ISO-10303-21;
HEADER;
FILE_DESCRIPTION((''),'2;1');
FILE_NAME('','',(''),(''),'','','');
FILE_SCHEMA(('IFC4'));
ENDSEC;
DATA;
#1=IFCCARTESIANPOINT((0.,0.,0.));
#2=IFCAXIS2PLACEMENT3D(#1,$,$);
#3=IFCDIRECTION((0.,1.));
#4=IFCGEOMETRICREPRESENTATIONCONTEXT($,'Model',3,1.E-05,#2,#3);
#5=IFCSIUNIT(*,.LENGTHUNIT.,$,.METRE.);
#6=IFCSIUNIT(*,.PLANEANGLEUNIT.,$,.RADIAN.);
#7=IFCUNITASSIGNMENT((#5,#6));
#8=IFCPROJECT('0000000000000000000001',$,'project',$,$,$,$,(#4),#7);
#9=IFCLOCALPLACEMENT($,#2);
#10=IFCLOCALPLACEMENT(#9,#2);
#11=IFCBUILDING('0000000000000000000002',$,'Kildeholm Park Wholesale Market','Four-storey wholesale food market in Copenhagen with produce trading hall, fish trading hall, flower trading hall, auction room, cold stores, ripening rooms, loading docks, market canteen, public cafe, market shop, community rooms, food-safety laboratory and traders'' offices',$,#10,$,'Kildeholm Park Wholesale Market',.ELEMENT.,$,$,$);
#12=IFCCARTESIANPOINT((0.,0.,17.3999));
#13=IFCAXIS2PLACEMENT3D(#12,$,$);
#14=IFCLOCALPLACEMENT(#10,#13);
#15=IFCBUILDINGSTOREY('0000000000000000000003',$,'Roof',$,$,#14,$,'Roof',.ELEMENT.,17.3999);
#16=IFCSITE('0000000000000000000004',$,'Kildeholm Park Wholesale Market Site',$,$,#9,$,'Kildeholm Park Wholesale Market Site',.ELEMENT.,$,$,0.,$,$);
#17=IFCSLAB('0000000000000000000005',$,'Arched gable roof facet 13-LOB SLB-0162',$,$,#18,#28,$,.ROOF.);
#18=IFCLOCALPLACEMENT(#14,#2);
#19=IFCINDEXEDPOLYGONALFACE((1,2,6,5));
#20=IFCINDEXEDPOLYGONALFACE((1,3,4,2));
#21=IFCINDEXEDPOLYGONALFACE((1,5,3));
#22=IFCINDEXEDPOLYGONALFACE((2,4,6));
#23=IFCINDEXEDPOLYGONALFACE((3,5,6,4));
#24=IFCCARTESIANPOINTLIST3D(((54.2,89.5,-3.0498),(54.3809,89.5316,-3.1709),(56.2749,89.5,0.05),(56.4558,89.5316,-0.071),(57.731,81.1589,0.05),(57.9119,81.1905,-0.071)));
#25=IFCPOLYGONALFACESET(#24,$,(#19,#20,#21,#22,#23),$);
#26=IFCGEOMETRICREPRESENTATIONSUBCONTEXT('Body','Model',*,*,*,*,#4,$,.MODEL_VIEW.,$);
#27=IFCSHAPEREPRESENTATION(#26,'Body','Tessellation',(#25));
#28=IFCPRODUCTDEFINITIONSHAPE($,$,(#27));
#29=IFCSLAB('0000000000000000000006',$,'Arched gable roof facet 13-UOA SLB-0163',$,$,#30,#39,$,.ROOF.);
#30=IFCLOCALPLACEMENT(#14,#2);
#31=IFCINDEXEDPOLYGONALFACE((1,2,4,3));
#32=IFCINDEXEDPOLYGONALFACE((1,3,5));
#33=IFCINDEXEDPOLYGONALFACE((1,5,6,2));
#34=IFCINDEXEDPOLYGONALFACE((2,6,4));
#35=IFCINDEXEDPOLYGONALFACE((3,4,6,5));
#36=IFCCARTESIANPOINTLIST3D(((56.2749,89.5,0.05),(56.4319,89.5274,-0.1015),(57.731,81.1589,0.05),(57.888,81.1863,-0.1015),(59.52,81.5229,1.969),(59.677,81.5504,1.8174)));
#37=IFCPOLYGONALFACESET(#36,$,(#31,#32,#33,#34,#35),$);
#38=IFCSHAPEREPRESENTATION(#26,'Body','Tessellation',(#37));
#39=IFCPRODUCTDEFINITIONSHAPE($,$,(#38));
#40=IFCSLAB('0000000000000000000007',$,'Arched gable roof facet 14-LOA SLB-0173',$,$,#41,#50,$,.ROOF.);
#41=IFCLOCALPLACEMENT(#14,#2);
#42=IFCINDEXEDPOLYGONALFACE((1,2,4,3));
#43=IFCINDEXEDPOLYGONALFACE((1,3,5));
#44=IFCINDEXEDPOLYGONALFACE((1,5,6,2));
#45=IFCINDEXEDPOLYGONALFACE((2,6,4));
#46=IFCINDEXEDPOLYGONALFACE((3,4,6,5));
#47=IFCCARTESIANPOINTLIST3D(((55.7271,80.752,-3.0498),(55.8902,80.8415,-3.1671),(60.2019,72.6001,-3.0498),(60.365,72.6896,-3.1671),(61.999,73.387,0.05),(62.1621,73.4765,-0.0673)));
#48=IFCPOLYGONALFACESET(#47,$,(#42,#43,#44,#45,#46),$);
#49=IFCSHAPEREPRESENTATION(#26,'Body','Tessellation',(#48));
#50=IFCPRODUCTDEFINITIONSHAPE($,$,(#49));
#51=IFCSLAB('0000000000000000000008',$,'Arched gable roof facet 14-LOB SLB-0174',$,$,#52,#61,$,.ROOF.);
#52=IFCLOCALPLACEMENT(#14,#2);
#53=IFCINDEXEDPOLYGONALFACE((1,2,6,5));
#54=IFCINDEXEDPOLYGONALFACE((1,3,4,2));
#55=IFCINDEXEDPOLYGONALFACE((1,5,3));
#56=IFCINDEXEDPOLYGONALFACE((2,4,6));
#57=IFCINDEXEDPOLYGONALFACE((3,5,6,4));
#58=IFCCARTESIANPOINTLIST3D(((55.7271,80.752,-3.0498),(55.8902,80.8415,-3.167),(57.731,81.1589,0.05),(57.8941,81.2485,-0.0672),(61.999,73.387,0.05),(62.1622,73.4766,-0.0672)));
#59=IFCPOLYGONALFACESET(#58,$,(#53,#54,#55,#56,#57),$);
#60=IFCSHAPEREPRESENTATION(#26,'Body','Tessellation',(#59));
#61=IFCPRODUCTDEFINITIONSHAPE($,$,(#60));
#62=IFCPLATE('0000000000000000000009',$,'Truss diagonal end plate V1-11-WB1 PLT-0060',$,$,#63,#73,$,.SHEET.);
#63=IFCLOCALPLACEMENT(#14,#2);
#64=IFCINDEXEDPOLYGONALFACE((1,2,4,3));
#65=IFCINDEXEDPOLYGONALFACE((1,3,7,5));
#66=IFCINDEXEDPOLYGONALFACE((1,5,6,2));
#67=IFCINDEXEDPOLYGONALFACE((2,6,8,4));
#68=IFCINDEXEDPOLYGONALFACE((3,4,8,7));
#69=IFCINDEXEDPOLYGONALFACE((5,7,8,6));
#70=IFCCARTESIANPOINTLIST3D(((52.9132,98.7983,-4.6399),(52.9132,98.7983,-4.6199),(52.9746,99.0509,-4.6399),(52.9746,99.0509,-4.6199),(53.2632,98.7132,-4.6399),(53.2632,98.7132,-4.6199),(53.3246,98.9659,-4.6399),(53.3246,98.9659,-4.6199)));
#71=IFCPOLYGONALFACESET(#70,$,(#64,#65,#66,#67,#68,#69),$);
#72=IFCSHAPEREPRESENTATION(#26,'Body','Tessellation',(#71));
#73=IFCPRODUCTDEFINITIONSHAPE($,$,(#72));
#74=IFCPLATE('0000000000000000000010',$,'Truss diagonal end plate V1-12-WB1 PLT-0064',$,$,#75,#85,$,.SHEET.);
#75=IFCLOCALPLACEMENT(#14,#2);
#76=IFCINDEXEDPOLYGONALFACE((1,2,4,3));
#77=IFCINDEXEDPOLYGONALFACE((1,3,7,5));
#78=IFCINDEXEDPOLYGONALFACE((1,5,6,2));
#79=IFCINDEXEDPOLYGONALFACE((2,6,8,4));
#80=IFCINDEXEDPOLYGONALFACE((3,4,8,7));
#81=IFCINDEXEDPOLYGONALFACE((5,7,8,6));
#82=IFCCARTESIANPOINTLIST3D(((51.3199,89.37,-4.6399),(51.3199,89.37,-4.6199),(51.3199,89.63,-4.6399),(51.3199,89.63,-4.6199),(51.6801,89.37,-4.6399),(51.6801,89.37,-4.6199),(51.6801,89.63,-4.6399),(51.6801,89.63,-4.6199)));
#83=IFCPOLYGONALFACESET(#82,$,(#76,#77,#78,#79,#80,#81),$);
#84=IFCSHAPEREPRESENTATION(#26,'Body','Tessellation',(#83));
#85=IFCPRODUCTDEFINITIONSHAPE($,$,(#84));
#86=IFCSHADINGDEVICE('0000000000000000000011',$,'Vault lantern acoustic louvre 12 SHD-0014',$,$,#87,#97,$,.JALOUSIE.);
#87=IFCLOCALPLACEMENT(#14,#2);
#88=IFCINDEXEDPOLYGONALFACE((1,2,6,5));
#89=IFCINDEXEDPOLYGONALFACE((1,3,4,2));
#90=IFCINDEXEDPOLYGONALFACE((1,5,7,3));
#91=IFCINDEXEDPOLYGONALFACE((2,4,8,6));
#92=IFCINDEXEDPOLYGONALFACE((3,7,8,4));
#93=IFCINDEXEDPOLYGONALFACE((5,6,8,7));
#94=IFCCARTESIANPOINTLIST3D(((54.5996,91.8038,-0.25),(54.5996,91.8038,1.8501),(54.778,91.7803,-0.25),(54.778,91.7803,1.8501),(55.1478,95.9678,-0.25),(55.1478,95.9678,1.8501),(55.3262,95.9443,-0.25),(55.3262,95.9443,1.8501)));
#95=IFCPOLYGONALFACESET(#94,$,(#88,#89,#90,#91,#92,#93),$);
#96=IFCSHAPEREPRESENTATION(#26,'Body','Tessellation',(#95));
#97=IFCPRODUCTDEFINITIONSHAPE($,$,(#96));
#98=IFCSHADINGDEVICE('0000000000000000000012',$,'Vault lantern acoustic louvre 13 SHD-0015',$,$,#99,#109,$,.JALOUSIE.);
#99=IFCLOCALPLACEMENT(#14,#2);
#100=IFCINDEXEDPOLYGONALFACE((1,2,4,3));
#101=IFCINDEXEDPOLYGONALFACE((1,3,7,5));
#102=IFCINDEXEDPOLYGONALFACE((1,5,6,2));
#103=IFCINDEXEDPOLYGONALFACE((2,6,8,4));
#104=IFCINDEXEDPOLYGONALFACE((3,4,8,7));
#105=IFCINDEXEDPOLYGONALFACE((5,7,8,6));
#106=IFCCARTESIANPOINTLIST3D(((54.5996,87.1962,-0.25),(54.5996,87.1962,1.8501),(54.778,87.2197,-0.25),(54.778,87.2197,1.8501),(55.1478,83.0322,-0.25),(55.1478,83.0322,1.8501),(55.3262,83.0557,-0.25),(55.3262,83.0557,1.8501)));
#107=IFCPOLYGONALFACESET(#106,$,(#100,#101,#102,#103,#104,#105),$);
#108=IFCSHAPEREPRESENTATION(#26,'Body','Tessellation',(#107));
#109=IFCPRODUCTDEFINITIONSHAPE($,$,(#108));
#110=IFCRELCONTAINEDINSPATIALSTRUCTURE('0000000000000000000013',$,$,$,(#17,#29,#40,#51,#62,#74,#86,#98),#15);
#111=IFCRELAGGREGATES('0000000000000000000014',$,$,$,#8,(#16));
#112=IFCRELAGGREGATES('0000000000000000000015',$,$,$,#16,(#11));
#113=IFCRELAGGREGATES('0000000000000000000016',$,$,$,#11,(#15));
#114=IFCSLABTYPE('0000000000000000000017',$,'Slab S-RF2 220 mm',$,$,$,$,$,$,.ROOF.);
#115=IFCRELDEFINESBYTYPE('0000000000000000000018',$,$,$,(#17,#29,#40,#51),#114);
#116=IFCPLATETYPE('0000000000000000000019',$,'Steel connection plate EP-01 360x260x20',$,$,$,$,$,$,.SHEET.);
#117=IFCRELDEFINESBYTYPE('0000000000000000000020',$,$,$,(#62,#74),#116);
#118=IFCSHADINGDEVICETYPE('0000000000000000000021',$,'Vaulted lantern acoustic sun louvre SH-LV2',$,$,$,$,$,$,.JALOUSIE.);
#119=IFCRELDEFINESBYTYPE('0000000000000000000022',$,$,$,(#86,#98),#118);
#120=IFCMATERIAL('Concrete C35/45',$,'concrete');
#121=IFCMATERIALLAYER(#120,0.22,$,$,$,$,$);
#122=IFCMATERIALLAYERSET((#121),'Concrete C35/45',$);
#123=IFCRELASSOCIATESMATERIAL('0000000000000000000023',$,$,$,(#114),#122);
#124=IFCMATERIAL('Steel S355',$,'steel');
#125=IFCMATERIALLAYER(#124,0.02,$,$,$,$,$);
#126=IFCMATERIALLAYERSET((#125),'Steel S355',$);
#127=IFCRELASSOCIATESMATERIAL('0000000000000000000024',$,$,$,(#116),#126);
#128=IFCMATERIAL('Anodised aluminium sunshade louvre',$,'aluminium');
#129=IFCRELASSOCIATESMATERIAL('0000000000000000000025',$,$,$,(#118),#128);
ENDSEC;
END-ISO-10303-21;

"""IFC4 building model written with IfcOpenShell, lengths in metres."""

from ifc_helpers import new_model, si_unit, direction, frame, origin, origin_2d, place, context, subcontext, project, spatial, polyline, rectangle, outline, extrude, material, layer, layer_set, type_object, element, save


model = new_model("IFC4")

# Units and contexts
model_context = context("Model", 3, precision=1e-05, world=origin(), true_north=direction((0.0, 1.0)))
body_context = subcontext(model_context, "Body", "Model", "MODEL_VIEW")
ifc_project = project(units=[si_unit("LENGTHUNIT", "METRE"), si_unit("PLANEANGLEUNIT", "RADIAN")], contexts=[model_context])

# Site, building, storey
site_placement = place(None, origin())
site = spatial("IfcSite", under=ifc_project, at=site_placement, Name="Kildeholm Park Wholesale Market Site", LongName="Kildeholm Park Wholesale Market Site", CompositionType="ELEMENT", RefElevation=0.0)
building_placement = place(site_placement, origin())
building = spatial("IfcBuilding", under=site, at=building_placement, Name="Kildeholm Park Wholesale Market", Description="Four-storey wholesale food market in Copenhagen with produce trading hall, fish trading hall, flower trading hall, auction room, cold stores, ripening rooms, loading docks, market canteen, public cafe, market shop, community rooms, food-safety laboratory and traders' offices", LongName="Kildeholm Park Wholesale Market", CompositionType="ELEMENT")
storey_placement = place(building_placement, frame((0.0, 0.0, 17.3999)))
storey = spatial("IfcBuildingStorey", under=building, at=storey_placement, Name="Roof", LongName="Roof", CompositionType="ELEMENT", Elevation=17.3999)

# Shared definitions
ifc_material_1 = material(Name="Steel S355", Category="steel")

# Slabs
ifc_material_2 = material(Name="Concrete C35/45", Category="concrete")
ifc_layer_1 = layer(ifc_material_2, 0.22)
ifc_layer_set_1 = layer_set([ifc_layer_1], Name="Concrete C35/45")
slab_type = type_object("IfcSlabType", Name="Slab S-RF2 220 mm", PredefinedType="ROOF", material=ifc_layer_set_1)
slab_1_placement = place(storey_placement, frame((54.2, 89.5, -3.0498), z_axis=(-0.822403, -0.143563, 0.550493), x_axis=(0.368834, -0.871273, 0.323798)))
element("IfcSlab", 1, at=slab_1_placement, inside=storey, type_object=slab_type, Name="Arched gable roof facet 13-LOB SLB-0162", PredefinedType="ROOF", context=body_context, shape_type="SweptSolid", body=[
    extrude(outline(polyline([(0.0, 0.0), (9.5734, 0.0), (1.769, 3.2841), (0.0, 0.0)])), origin(), (0.0, 0.0, -1.0), 0.22),
])
slab_2_placement = place(storey_placement, frame((56.2749, 89.5, 0.05), z_axis=(-0.713826, -0.124609, 0.689148), x_axis=(0.171964, -0.985103, 0.0)))
element("IfcSlab", 2, at=slab_2_placement, inside=storey, type_object=slab_type, Name="Arched gable roof facet 13-UOA SLB-0163", PredefinedType="ROOF", context=body_context, shape_type="SweptSolid", body=[
    extrude(outline(polyline([(0.0, 0.0), (8.4672, 0.0), (8.4163, 2.6482), (0.0, 0.0)])), origin(), (0.0, 0.0, -1.0), 0.22),
])
slab_3_placement = place(storey_placement, frame((55.7271, 80.752, -3.0498), z_axis=(-0.741572, -0.407076, 0.533254), x_axis=(0.481203, -0.876609, 0.0)))
element("IfcSlab", 3, at=slab_3_placement, inside=storey, type_object=slab_type, Name="Arched gable roof facet 14-LOA SLB-0173", PredefinedType="ROOF", context=body_context, shape_type="SweptSolid", body=[
    extrude(outline(polyline([(0.0, 0.0), (9.2993, 0.0), (9.4743, 3.6643), (0.0, 0.0)])), origin(), (0.0, 0.0, -1.0), 0.22),
])
slab_4_placement = place(storey_placement, frame((55.7271, 80.752, -3.0498), z_axis=(-0.741678, -0.407301, 0.532934), x_axis=(0.617427, -0.725026, 0.305157)))
element("IfcSlab", 4, at=slab_4_placement, inside=storey, type_object=slab_type, Name="Arched gable roof facet 14-LOB SLB-0174", PredefinedType="ROOF", context=body_context, shape_type="SweptSolid", body=[
    extrude(outline(polyline([(0.0, 0.0), (10.1582, 0.0), (1.8881, 3.1977), (0.0, 0.0)])), origin(), (0.0, 0.0, -1.0), 0.22),
])

# Plates
ifc_layer_2 = layer(ifc_material_1, 0.02)
ifc_layer_set_2 = layer_set([ifc_layer_2], Name="Steel S355")
plate_type = type_object("IfcPlateType", Name="Steel connection plate EP-01 360x260x20", PredefinedType="SHEET", material=ifc_layer_set_2)
for number, where, z_axis, x_axis, name in (
    (5, (53.1189, 98.8821, -4.6399), (0.0, 0.0, 1.0), (0.971714, -0.23616, 0.0), "Truss diagonal end plate V1-11-WB1 PLT-0060"),
    (6, (51.5, 89.5, -4.6399), (0.0, 0.0, 1.0), (1.0, 0.0, 0.0), "Truss diagonal end plate V1-12-WB1 PLT-0064"),
):
    element("IfcPlate", number, at=place(storey_placement, frame(where, z_axis=z_axis, x_axis=x_axis)), inside=storey, type_object=plate_type, Name=name, PredefinedType="SHEET", context=body_context, shape_type="SweptSolid", body=[
        extrude(rectangle(XDim=0.3601, YDim=0.26, at=origin_2d()), origin(), (0.0, 0.0, 1.0), 0.02),
    ])

# Shading devices
ifc_material_3 = material(Name="Anodised aluminium sunshade louvre", Category="aluminium")
shading_device_type = type_object("IfcShadingDeviceType", Name="Vaulted lantern acoustic sun louvre SH-LV2", PredefinedType="JALOUSIE", material=ifc_material_3)
for number, where, z_axis, x_axis, name in (
    (7, (54.9629, 93.874, -0.25), (0.0, 0.0, 1.0), (-0.130526, -0.991445, 0.0), "Vault lantern acoustic louvre 12 SHD-0014"),
    (8, (54.9629, 85.126, -0.25), (0.0, 0.0, 1.0), (0.130526, -0.991445, 0.0), "Vault lantern acoustic louvre 13 SHD-0015"),
):
    element("IfcShadingDevice", number, at=place(storey_placement, frame(where, z_axis=z_axis, x_axis=x_axis)), inside=storey, type_object=shading_device_type, Name=name, PredefinedType="JALOUSIE", context=body_context, shape_type="SweptSolid", body=[
        extrude(rectangle(XDim=4.2, YDim=0.1799, at=origin_2d()), origin(), (0.0, 0.0, 1.0), 2.1001),
    ])

save(model, "model.ifc")
